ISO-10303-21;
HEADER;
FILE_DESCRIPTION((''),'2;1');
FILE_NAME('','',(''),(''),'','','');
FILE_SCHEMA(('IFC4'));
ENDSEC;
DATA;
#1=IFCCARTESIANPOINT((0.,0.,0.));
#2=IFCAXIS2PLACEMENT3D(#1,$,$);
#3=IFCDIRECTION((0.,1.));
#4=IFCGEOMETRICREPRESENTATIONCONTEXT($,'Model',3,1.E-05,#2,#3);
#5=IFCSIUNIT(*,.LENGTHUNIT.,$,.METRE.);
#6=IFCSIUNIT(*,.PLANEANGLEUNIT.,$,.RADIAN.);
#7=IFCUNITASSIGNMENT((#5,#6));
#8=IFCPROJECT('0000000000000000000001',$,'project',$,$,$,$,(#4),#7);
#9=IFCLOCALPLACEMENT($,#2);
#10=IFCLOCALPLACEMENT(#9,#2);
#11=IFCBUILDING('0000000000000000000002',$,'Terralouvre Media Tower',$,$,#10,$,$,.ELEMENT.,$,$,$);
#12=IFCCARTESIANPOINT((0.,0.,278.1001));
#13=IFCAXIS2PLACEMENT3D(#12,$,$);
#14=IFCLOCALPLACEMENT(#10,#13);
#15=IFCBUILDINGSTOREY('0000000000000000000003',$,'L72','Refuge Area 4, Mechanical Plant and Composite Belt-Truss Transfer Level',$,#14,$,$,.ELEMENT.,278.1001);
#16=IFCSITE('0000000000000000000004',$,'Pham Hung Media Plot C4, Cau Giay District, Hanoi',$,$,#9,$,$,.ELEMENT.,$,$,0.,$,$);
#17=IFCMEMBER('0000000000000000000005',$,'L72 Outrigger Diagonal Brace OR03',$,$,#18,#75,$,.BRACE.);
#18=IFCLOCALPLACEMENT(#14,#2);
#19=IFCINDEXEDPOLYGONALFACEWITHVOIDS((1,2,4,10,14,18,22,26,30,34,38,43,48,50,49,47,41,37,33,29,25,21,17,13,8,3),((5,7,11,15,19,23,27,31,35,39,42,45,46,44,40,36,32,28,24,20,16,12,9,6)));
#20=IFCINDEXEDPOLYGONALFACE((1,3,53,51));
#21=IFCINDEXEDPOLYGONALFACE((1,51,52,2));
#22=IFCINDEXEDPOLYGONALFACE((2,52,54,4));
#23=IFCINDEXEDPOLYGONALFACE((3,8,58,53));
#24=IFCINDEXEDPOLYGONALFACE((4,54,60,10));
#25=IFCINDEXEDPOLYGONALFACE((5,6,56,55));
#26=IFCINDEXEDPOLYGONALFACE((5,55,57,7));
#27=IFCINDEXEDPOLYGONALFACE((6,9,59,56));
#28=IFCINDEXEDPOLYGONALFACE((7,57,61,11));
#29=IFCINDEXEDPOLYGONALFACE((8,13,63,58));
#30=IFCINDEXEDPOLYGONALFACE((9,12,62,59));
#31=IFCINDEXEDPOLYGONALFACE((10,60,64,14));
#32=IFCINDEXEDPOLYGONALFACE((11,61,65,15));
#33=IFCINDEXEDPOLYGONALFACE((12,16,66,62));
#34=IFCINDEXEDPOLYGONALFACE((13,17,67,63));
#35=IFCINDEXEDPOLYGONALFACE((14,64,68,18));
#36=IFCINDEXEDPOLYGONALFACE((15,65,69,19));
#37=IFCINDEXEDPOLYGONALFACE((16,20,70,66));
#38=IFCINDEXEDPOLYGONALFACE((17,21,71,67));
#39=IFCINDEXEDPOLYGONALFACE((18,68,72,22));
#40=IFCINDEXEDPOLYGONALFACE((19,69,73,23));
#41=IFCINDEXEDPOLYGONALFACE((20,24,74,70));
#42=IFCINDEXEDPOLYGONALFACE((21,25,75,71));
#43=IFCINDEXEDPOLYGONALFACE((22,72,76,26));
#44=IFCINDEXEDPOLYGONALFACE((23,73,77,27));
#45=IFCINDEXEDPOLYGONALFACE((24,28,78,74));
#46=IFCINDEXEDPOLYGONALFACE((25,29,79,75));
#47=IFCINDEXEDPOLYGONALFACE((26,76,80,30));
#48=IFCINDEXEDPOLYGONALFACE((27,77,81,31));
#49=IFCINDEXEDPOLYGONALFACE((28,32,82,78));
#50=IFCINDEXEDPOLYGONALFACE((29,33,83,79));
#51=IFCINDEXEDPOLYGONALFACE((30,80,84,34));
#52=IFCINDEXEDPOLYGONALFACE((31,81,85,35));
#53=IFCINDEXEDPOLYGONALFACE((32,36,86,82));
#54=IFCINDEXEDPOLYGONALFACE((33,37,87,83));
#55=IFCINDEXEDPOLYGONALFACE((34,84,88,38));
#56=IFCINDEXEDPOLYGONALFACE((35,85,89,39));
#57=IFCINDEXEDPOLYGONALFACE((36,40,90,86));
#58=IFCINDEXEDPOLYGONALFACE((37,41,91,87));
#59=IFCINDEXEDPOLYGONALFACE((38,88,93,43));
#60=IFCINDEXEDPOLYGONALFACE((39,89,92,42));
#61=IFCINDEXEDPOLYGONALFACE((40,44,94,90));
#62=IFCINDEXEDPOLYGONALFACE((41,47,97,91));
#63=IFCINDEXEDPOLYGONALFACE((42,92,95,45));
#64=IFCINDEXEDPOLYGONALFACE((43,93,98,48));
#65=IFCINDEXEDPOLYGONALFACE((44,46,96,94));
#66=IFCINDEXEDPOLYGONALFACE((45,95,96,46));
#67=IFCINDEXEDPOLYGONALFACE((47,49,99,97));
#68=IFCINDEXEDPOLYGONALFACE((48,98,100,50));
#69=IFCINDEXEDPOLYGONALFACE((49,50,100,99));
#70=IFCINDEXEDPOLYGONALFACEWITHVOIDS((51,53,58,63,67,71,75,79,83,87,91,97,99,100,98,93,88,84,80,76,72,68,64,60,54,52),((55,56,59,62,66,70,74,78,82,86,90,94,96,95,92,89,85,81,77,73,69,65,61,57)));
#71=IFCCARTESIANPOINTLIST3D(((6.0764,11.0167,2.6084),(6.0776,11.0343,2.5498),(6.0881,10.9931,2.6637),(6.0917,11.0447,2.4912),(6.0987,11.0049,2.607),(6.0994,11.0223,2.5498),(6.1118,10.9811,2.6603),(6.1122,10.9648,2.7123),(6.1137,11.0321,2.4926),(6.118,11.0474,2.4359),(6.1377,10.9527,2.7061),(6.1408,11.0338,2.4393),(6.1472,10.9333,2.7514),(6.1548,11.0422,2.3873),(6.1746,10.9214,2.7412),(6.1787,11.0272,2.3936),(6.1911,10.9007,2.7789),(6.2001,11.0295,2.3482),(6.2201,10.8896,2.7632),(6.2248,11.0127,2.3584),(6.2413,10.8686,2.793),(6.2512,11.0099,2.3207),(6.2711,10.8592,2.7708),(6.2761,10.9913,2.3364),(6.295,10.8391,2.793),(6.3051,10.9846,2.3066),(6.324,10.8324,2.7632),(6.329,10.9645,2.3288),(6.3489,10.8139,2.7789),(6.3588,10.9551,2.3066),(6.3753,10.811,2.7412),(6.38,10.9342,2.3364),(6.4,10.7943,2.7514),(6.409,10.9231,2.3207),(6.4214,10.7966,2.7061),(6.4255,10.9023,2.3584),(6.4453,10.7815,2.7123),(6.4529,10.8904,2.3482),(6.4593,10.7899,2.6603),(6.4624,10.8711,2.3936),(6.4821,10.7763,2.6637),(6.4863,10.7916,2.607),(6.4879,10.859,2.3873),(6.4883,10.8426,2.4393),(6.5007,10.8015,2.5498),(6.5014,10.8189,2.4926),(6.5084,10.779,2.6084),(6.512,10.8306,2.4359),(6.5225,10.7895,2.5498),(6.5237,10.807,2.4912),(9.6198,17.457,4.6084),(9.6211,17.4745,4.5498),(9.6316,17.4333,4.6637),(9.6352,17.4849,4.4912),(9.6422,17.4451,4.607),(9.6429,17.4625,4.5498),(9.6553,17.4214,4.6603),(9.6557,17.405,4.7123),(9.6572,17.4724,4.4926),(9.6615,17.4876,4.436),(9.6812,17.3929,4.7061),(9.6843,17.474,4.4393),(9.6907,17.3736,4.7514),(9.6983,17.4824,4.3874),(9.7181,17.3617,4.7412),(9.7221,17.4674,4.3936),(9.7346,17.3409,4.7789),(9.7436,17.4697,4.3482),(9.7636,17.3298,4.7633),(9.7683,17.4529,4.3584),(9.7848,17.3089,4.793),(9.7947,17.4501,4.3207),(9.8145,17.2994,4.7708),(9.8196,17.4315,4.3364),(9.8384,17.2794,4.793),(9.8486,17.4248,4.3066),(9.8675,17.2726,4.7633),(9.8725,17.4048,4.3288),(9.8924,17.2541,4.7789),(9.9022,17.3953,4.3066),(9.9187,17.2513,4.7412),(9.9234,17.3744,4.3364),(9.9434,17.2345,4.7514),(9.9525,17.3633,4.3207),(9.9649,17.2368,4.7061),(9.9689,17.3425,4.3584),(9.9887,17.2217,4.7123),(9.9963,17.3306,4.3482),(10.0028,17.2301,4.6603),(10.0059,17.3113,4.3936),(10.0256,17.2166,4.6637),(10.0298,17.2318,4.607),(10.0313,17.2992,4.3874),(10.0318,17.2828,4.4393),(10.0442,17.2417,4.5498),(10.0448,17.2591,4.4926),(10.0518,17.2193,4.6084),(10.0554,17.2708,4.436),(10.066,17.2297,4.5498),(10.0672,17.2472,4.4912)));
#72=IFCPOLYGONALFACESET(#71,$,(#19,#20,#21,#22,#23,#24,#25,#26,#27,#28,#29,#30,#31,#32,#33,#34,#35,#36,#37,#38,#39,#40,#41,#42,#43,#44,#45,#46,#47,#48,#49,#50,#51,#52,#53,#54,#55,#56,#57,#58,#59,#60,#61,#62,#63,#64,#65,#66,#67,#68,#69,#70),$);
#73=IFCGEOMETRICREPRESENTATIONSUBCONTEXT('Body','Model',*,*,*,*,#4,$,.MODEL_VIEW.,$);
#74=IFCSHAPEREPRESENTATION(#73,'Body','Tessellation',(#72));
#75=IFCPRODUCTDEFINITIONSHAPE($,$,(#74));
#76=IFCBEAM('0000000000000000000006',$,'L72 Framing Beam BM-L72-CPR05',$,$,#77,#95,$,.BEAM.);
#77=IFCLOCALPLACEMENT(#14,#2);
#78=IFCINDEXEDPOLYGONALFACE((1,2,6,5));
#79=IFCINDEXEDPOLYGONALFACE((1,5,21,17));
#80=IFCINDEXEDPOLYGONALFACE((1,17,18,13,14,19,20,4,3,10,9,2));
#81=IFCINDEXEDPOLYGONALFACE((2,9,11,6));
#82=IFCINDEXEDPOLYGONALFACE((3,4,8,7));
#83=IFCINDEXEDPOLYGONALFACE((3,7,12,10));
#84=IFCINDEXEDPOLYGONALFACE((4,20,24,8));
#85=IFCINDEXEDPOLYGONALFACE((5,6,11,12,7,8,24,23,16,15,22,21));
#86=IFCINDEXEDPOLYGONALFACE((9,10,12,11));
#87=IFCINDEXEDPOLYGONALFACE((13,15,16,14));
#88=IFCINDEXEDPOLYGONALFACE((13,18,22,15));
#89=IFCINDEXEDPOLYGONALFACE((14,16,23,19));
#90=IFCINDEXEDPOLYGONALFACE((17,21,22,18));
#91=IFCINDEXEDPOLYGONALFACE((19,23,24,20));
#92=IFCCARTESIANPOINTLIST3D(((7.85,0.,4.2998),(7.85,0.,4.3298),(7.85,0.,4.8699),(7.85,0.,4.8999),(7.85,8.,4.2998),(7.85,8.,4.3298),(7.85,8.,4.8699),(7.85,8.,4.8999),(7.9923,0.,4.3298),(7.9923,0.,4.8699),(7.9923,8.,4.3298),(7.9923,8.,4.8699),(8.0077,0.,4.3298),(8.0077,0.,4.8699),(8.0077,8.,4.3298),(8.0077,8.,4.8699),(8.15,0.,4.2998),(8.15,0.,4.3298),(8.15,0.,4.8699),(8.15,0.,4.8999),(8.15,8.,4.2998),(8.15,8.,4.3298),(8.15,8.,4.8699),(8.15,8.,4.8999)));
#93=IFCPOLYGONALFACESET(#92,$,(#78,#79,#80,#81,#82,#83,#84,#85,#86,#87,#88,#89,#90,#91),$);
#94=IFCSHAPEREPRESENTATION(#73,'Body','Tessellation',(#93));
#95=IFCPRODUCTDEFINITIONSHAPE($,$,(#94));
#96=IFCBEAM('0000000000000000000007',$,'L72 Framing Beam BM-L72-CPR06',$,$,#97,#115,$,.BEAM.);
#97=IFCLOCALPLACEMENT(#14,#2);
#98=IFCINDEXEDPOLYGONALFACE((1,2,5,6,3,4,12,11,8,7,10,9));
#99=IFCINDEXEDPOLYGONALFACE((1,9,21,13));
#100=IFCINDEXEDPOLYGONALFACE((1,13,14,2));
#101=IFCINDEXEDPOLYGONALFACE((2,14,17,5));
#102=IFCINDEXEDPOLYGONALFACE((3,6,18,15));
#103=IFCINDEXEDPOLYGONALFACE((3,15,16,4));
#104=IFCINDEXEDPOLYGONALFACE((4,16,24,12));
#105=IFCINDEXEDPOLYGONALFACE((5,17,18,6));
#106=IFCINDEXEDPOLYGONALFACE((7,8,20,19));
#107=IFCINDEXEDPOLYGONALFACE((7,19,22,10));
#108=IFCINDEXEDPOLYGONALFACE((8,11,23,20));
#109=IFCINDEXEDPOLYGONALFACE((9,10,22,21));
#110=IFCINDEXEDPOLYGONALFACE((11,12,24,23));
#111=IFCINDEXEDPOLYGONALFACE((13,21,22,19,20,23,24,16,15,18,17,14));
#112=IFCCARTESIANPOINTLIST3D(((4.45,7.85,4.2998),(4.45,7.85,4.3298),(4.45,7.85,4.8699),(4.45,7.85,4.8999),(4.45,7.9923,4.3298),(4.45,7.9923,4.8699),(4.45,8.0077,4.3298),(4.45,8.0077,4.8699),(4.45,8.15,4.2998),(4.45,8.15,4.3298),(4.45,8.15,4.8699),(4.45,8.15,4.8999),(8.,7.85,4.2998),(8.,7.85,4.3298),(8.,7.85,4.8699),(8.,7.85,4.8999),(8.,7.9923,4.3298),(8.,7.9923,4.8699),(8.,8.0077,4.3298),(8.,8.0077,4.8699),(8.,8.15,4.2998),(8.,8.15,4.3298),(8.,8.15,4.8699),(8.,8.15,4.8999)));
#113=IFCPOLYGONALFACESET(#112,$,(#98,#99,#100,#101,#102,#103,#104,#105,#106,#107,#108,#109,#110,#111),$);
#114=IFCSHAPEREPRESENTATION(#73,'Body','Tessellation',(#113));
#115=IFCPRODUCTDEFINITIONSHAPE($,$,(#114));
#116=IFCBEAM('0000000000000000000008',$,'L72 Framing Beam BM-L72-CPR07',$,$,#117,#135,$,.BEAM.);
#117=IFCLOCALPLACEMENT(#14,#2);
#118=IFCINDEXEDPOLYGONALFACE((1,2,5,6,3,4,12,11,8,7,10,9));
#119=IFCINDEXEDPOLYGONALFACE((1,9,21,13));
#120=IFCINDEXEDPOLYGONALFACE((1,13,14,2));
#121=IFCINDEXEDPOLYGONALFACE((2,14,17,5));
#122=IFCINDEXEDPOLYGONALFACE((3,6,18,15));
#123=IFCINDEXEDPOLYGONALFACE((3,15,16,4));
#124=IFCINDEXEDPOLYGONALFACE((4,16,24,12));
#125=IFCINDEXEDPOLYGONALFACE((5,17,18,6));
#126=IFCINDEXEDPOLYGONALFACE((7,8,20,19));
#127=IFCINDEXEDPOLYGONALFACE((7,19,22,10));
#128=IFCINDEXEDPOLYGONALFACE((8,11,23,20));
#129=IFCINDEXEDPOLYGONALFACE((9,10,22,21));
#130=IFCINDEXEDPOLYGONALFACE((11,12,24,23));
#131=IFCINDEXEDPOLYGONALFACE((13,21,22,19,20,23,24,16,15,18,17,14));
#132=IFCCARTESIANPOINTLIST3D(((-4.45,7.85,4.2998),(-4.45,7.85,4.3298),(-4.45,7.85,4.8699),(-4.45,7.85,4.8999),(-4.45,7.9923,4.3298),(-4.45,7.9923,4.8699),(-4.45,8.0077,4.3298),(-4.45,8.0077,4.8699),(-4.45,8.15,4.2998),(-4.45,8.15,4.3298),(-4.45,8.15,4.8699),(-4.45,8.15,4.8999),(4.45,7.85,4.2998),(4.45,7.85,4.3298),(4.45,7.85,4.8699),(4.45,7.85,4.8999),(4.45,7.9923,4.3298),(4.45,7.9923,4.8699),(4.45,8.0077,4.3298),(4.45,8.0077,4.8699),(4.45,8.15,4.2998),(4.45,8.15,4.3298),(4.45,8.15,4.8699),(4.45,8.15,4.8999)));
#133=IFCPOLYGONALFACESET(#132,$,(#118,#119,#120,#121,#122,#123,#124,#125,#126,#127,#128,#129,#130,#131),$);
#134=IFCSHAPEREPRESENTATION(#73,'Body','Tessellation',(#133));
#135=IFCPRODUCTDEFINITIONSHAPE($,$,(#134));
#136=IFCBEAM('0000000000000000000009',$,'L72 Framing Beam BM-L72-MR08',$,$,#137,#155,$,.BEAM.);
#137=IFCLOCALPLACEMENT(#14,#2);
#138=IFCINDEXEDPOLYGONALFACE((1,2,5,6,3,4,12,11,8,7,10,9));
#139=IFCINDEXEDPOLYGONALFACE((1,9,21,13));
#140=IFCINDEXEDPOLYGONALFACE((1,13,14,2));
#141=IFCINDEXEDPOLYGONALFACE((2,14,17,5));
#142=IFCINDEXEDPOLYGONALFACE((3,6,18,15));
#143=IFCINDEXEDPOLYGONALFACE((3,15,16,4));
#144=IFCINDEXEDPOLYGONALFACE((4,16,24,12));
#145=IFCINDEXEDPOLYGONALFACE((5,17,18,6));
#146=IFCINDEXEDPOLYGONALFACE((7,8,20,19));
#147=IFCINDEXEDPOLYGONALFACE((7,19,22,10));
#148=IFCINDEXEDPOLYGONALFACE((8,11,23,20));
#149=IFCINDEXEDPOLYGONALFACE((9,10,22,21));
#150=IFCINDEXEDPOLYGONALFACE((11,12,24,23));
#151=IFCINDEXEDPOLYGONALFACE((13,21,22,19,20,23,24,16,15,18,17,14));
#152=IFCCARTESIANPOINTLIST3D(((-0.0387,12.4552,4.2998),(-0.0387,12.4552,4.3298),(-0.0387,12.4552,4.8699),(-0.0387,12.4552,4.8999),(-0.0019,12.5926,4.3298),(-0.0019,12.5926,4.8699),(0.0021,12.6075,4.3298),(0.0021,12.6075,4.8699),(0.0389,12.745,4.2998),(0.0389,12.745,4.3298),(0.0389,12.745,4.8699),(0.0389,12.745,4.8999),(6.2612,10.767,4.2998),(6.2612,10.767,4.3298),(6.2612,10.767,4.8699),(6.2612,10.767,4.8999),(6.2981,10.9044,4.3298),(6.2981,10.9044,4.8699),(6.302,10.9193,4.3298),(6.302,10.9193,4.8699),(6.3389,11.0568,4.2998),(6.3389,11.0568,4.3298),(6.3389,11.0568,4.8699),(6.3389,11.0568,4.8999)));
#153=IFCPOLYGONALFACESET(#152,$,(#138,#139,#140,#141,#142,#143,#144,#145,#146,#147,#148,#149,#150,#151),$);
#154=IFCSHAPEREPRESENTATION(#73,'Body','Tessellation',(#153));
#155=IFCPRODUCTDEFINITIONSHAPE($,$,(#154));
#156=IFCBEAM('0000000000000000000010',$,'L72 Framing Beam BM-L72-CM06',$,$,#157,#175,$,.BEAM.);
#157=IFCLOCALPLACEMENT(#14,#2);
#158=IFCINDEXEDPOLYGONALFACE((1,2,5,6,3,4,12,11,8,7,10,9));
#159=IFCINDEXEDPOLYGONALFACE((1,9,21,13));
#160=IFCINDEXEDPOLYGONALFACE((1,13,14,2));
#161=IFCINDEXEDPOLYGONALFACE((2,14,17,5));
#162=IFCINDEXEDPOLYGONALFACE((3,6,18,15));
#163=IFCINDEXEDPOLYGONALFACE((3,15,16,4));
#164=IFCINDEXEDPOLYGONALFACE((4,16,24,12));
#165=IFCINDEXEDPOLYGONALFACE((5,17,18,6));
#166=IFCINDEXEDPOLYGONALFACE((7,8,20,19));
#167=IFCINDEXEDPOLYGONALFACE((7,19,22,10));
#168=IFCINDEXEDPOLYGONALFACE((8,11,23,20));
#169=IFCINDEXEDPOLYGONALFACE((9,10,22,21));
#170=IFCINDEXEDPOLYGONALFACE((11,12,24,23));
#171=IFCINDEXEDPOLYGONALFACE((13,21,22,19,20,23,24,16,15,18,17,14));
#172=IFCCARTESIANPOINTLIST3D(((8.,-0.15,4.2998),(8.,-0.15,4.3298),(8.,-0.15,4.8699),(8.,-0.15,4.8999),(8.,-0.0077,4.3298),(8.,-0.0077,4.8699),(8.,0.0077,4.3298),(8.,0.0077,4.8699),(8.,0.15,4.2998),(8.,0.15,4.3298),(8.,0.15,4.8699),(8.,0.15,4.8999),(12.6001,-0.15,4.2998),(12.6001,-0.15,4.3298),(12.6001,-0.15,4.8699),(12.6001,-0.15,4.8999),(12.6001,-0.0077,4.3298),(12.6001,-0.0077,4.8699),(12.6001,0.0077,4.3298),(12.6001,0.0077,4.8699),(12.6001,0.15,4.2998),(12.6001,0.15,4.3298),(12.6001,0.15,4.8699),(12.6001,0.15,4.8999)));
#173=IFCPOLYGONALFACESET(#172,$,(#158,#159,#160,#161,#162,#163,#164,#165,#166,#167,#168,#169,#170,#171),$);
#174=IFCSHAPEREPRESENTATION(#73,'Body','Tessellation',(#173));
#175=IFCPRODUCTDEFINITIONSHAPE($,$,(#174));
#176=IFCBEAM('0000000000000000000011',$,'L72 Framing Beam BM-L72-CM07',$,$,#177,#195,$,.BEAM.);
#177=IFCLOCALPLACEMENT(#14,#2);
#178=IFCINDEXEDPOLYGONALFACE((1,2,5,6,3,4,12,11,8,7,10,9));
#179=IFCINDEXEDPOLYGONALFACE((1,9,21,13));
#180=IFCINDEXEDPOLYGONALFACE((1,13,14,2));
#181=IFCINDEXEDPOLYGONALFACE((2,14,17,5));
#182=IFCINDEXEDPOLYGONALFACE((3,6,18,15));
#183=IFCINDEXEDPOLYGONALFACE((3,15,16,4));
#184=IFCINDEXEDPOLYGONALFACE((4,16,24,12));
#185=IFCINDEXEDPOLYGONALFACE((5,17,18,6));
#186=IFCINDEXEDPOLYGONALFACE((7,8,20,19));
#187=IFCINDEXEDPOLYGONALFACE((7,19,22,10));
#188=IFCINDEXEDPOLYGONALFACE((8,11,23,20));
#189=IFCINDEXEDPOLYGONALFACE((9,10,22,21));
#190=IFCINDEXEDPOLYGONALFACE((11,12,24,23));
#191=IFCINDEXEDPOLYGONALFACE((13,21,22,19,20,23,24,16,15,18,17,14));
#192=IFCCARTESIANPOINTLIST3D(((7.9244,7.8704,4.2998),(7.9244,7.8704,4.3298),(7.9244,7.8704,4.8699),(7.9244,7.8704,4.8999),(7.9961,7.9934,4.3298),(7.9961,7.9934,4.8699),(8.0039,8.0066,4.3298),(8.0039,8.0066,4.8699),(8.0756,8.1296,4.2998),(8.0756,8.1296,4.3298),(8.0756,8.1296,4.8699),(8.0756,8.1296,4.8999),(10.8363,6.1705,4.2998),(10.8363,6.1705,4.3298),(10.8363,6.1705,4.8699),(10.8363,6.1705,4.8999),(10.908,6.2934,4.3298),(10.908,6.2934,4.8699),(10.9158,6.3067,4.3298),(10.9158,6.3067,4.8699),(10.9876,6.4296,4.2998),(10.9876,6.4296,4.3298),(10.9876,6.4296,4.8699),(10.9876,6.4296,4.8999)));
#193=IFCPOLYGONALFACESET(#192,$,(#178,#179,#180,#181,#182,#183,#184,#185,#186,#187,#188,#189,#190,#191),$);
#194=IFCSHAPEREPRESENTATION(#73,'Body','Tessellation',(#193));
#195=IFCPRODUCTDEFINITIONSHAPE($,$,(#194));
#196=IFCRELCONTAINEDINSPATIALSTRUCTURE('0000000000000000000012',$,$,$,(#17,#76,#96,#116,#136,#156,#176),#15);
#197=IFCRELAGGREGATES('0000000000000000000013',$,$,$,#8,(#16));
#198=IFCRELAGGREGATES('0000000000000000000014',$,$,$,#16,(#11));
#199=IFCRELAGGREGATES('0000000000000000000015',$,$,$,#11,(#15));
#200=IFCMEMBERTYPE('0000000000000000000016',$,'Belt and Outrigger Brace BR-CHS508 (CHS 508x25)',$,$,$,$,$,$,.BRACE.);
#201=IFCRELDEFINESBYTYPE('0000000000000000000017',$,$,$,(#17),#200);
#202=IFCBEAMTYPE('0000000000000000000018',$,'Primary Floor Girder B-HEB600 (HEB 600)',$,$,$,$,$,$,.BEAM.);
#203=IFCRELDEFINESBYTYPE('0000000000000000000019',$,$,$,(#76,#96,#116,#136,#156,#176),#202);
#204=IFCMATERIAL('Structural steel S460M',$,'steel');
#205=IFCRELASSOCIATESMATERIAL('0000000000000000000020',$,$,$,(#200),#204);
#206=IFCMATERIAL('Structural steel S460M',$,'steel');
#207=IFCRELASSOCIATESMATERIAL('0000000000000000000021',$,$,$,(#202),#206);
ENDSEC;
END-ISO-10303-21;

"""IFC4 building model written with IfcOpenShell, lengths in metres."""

from ifc_helpers import new_model, si_unit, direction, frame, origin, origin_2d, place, context, subcontext, project, spatial, hollow_circle, i_section, extrude, material, material_profile, profile_set, type_object, element, save


model = new_model("IFC4")

# Units and contexts
model_context = context("Model", 3, precision=1e-05, world=origin(), true_north=direction((0.0, 1.0)))
body_context = subcontext(model_context, "Body", "Model", "MODEL_VIEW")
ifc_project = project(units=[si_unit("LENGTHUNIT", "METRE"), si_unit("PLANEANGLEUNIT", "RADIAN")], contexts=[model_context])

# Site, building, storey
site_placement = place(None, origin())
site = spatial("IfcSite", under=ifc_project, at=site_placement, Name="Pham Hung Media Plot C4, Cau Giay District, Hanoi", CompositionType="ELEMENT", RefElevation=0.0)
building_placement = place(site_placement, origin())
building = spatial("IfcBuilding", under=site, at=building_placement, Name="Terralouvre Media Tower", CompositionType="ELEMENT")
storey_placement = place(building_placement, frame((0.0, 0.0, 278.1001)))
storey = spatial("IfcBuildingStorey", under=building, at=storey_placement, Name="L72", Description="Refuge Area 4, Mechanical Plant and Composite Belt-Truss Transfer Level", CompositionType="ELEMENT", Elevation=278.1001)

# Member
ifc_material_1 = material(Name="Structural steel S460M", Category="steel")
ifc_material_profile_1 = material_profile(ifc_material_1, hollow_circle(Radius=0.2539, WallThickness=0.0249, at=origin_2d()), Name="CHS 508x25")
ifc_profile_set_1 = profile_set([ifc_material_profile_1], Name="Structural steel S460M")
member_type_1 = type_object("IfcMemberType", Name="Belt and Outrigger Brace BR-CHS508 (CHS 508x25)", PredefinedType="BRACE", material=ifc_profile_set_1)
member_1_placement = place(storey_placement, frame((6.3, 10.9119, 2.5498), z_axis=(0.46515, 0.845404, 0.26254), x_axis=(-0.876138, 0.48206, 0.0)))
element("IfcMember", 1, at=member_1_placement, inside=storey, type_object=member_type_1, Name="L72 Outrigger Diagonal Brace OR03", PredefinedType="BRACE", context=body_context, shape_type="SweptSolid", body=[
    extrude(hollow_circle(Radius=0.2539, WallThickness=0.0249, at=origin_2d()), origin(), (0.0, 0.0, 1.0), 7.6179),
])

# Beams
ifc_material_2 = material(Name="Structural steel S460M", Category="steel")
ifc_material_profile_2 = material_profile(ifc_material_2, i_section(OverallWidth=0.3, OverallDepth=0.6001, WebThickness=0.0154, FlangeThickness=0.03, at=origin_2d()), Name="HEB 600")
ifc_profile_set_2 = profile_set([ifc_material_profile_2], Name="Structural steel S460M")
beam_type_1 = type_object("IfcBeamType", Name="Primary Floor Girder B-HEB600 (HEB 600)", PredefinedType="BEAM", material=ifc_profile_set_2)
beam_1_placement = place(storey_placement, frame((8.0, 0.0, 4.5999), z_axis=(0.0, 1.0, 0.0), x_axis=(-1.0, 0.0, 0.0)))
element("IfcBeam", 2, at=beam_1_placement, inside=storey, type_object=beam_type_1, Name="L72 Framing Beam BM-L72-CPR05", PredefinedType="BEAM", context=body_context, shape_type="SweptSolid", body=[
    extrude(i_section(OverallWidth=0.3, OverallDepth=0.6001, WebThickness=0.0154, FlangeThickness=0.03, at=origin_2d()), origin(), (0.0, 0.0, 1.0), 8.0),
])
beam_2_placement = place(storey_placement, frame((8.0, 8.0, 4.5999), z_axis=(-1.0, 0.0, 0.0), x_axis=(0.0, -1.0, 0.0)))
element("IfcBeam", 3, at=beam_2_placement, inside=storey, type_object=beam_type_1, Name="L72 Framing Beam BM-L72-CPR06", PredefinedType="BEAM", context=body_context, shape_type="SweptSolid", body=[
    extrude(i_section(OverallWidth=0.3, OverallDepth=0.6001, WebThickness=0.0154, FlangeThickness=0.03, at=origin_2d()), origin(), (0.0, 0.0, 1.0), 3.55),
])
beam_3_placement = place(storey_placement, frame((4.45, 8.0, 4.5999), z_axis=(-1.0, 0.0, 0.0), x_axis=(0.0, -1.0, 0.0)))
element("IfcBeam", 4, at=beam_3_placement, inside=storey, type_object=beam_type_1, Name="L72 Framing Beam BM-L72-CPR07", PredefinedType="BEAM", context=body_context, shape_type="SweptSolid", body=[
    extrude(i_section(OverallWidth=0.3, OverallDepth=0.6001, WebThickness=0.0154, FlangeThickness=0.03, at=origin_2d()), origin(), (0.0, 0.0, 1.0), 8.8999),
])
beam_4_placement = place(storey_placement, frame((6.3, 10.9119, 4.5999), z_axis=(-0.96592, 0.258839, 0.0), x_axis=(-0.258839, -0.96592, 0.0)))
element("IfcBeam", 5, at=beam_4_placement, inside=storey, type_object=beam_type_1, Name="L72 Framing Beam BM-L72-MR08", PredefinedType="BEAM", context=body_context, shape_type="SweptSolid", body=[
    extrude(i_section(OverallWidth=0.3, OverallDepth=0.6001, WebThickness=0.0154, FlangeThickness=0.03, at=origin_2d()), origin(), (0.0, 0.0, 1.0), 6.5222),
])
beam_5_placement = place(storey_placement, frame((8.0, 0.0, 4.5999), z_axis=(1.0, 0.0, 0.0), x_axis=(0.0, 1.0, 0.0)))
element("IfcBeam", 6, at=beam_5_placement, inside=storey, type_object=beam_type_1, Name="L72 Framing Beam BM-L72-CM06", PredefinedType="BEAM", context=body_context, shape_type="SweptSolid", body=[
    extrude(i_section(OverallWidth=0.3, OverallDepth=0.6001, WebThickness=0.0154, FlangeThickness=0.03, at=origin_2d()), origin(), (0.0, 0.0, 1.0), 4.6001),
])
for number, where, z_axis, x_axis, name in (
    (7, (8.0, 8.0, 4.5999), (0.863603, -0.504173, 0.0), (0.504173, 0.863603, 0.0), "L72 Framing Beam BM-L72-CM07"),
):
    element("IfcBeam", number, at=place(storey_placement, frame(where, z_axis=z_axis, x_axis=x_axis)), inside=storey, type_object=beam_type_1, Name=name, PredefinedType="BEAM", context=body_context, shape_type="SweptSolid", body=[
        extrude(i_section(OverallWidth=0.3, OverallDepth=0.6001, WebThickness=0.0154, FlangeThickness=0.03, at=origin_2d()), origin(), (0.0, 0.0, 1.0), 3.3718),
    ])

save(model, "model.ifc")
